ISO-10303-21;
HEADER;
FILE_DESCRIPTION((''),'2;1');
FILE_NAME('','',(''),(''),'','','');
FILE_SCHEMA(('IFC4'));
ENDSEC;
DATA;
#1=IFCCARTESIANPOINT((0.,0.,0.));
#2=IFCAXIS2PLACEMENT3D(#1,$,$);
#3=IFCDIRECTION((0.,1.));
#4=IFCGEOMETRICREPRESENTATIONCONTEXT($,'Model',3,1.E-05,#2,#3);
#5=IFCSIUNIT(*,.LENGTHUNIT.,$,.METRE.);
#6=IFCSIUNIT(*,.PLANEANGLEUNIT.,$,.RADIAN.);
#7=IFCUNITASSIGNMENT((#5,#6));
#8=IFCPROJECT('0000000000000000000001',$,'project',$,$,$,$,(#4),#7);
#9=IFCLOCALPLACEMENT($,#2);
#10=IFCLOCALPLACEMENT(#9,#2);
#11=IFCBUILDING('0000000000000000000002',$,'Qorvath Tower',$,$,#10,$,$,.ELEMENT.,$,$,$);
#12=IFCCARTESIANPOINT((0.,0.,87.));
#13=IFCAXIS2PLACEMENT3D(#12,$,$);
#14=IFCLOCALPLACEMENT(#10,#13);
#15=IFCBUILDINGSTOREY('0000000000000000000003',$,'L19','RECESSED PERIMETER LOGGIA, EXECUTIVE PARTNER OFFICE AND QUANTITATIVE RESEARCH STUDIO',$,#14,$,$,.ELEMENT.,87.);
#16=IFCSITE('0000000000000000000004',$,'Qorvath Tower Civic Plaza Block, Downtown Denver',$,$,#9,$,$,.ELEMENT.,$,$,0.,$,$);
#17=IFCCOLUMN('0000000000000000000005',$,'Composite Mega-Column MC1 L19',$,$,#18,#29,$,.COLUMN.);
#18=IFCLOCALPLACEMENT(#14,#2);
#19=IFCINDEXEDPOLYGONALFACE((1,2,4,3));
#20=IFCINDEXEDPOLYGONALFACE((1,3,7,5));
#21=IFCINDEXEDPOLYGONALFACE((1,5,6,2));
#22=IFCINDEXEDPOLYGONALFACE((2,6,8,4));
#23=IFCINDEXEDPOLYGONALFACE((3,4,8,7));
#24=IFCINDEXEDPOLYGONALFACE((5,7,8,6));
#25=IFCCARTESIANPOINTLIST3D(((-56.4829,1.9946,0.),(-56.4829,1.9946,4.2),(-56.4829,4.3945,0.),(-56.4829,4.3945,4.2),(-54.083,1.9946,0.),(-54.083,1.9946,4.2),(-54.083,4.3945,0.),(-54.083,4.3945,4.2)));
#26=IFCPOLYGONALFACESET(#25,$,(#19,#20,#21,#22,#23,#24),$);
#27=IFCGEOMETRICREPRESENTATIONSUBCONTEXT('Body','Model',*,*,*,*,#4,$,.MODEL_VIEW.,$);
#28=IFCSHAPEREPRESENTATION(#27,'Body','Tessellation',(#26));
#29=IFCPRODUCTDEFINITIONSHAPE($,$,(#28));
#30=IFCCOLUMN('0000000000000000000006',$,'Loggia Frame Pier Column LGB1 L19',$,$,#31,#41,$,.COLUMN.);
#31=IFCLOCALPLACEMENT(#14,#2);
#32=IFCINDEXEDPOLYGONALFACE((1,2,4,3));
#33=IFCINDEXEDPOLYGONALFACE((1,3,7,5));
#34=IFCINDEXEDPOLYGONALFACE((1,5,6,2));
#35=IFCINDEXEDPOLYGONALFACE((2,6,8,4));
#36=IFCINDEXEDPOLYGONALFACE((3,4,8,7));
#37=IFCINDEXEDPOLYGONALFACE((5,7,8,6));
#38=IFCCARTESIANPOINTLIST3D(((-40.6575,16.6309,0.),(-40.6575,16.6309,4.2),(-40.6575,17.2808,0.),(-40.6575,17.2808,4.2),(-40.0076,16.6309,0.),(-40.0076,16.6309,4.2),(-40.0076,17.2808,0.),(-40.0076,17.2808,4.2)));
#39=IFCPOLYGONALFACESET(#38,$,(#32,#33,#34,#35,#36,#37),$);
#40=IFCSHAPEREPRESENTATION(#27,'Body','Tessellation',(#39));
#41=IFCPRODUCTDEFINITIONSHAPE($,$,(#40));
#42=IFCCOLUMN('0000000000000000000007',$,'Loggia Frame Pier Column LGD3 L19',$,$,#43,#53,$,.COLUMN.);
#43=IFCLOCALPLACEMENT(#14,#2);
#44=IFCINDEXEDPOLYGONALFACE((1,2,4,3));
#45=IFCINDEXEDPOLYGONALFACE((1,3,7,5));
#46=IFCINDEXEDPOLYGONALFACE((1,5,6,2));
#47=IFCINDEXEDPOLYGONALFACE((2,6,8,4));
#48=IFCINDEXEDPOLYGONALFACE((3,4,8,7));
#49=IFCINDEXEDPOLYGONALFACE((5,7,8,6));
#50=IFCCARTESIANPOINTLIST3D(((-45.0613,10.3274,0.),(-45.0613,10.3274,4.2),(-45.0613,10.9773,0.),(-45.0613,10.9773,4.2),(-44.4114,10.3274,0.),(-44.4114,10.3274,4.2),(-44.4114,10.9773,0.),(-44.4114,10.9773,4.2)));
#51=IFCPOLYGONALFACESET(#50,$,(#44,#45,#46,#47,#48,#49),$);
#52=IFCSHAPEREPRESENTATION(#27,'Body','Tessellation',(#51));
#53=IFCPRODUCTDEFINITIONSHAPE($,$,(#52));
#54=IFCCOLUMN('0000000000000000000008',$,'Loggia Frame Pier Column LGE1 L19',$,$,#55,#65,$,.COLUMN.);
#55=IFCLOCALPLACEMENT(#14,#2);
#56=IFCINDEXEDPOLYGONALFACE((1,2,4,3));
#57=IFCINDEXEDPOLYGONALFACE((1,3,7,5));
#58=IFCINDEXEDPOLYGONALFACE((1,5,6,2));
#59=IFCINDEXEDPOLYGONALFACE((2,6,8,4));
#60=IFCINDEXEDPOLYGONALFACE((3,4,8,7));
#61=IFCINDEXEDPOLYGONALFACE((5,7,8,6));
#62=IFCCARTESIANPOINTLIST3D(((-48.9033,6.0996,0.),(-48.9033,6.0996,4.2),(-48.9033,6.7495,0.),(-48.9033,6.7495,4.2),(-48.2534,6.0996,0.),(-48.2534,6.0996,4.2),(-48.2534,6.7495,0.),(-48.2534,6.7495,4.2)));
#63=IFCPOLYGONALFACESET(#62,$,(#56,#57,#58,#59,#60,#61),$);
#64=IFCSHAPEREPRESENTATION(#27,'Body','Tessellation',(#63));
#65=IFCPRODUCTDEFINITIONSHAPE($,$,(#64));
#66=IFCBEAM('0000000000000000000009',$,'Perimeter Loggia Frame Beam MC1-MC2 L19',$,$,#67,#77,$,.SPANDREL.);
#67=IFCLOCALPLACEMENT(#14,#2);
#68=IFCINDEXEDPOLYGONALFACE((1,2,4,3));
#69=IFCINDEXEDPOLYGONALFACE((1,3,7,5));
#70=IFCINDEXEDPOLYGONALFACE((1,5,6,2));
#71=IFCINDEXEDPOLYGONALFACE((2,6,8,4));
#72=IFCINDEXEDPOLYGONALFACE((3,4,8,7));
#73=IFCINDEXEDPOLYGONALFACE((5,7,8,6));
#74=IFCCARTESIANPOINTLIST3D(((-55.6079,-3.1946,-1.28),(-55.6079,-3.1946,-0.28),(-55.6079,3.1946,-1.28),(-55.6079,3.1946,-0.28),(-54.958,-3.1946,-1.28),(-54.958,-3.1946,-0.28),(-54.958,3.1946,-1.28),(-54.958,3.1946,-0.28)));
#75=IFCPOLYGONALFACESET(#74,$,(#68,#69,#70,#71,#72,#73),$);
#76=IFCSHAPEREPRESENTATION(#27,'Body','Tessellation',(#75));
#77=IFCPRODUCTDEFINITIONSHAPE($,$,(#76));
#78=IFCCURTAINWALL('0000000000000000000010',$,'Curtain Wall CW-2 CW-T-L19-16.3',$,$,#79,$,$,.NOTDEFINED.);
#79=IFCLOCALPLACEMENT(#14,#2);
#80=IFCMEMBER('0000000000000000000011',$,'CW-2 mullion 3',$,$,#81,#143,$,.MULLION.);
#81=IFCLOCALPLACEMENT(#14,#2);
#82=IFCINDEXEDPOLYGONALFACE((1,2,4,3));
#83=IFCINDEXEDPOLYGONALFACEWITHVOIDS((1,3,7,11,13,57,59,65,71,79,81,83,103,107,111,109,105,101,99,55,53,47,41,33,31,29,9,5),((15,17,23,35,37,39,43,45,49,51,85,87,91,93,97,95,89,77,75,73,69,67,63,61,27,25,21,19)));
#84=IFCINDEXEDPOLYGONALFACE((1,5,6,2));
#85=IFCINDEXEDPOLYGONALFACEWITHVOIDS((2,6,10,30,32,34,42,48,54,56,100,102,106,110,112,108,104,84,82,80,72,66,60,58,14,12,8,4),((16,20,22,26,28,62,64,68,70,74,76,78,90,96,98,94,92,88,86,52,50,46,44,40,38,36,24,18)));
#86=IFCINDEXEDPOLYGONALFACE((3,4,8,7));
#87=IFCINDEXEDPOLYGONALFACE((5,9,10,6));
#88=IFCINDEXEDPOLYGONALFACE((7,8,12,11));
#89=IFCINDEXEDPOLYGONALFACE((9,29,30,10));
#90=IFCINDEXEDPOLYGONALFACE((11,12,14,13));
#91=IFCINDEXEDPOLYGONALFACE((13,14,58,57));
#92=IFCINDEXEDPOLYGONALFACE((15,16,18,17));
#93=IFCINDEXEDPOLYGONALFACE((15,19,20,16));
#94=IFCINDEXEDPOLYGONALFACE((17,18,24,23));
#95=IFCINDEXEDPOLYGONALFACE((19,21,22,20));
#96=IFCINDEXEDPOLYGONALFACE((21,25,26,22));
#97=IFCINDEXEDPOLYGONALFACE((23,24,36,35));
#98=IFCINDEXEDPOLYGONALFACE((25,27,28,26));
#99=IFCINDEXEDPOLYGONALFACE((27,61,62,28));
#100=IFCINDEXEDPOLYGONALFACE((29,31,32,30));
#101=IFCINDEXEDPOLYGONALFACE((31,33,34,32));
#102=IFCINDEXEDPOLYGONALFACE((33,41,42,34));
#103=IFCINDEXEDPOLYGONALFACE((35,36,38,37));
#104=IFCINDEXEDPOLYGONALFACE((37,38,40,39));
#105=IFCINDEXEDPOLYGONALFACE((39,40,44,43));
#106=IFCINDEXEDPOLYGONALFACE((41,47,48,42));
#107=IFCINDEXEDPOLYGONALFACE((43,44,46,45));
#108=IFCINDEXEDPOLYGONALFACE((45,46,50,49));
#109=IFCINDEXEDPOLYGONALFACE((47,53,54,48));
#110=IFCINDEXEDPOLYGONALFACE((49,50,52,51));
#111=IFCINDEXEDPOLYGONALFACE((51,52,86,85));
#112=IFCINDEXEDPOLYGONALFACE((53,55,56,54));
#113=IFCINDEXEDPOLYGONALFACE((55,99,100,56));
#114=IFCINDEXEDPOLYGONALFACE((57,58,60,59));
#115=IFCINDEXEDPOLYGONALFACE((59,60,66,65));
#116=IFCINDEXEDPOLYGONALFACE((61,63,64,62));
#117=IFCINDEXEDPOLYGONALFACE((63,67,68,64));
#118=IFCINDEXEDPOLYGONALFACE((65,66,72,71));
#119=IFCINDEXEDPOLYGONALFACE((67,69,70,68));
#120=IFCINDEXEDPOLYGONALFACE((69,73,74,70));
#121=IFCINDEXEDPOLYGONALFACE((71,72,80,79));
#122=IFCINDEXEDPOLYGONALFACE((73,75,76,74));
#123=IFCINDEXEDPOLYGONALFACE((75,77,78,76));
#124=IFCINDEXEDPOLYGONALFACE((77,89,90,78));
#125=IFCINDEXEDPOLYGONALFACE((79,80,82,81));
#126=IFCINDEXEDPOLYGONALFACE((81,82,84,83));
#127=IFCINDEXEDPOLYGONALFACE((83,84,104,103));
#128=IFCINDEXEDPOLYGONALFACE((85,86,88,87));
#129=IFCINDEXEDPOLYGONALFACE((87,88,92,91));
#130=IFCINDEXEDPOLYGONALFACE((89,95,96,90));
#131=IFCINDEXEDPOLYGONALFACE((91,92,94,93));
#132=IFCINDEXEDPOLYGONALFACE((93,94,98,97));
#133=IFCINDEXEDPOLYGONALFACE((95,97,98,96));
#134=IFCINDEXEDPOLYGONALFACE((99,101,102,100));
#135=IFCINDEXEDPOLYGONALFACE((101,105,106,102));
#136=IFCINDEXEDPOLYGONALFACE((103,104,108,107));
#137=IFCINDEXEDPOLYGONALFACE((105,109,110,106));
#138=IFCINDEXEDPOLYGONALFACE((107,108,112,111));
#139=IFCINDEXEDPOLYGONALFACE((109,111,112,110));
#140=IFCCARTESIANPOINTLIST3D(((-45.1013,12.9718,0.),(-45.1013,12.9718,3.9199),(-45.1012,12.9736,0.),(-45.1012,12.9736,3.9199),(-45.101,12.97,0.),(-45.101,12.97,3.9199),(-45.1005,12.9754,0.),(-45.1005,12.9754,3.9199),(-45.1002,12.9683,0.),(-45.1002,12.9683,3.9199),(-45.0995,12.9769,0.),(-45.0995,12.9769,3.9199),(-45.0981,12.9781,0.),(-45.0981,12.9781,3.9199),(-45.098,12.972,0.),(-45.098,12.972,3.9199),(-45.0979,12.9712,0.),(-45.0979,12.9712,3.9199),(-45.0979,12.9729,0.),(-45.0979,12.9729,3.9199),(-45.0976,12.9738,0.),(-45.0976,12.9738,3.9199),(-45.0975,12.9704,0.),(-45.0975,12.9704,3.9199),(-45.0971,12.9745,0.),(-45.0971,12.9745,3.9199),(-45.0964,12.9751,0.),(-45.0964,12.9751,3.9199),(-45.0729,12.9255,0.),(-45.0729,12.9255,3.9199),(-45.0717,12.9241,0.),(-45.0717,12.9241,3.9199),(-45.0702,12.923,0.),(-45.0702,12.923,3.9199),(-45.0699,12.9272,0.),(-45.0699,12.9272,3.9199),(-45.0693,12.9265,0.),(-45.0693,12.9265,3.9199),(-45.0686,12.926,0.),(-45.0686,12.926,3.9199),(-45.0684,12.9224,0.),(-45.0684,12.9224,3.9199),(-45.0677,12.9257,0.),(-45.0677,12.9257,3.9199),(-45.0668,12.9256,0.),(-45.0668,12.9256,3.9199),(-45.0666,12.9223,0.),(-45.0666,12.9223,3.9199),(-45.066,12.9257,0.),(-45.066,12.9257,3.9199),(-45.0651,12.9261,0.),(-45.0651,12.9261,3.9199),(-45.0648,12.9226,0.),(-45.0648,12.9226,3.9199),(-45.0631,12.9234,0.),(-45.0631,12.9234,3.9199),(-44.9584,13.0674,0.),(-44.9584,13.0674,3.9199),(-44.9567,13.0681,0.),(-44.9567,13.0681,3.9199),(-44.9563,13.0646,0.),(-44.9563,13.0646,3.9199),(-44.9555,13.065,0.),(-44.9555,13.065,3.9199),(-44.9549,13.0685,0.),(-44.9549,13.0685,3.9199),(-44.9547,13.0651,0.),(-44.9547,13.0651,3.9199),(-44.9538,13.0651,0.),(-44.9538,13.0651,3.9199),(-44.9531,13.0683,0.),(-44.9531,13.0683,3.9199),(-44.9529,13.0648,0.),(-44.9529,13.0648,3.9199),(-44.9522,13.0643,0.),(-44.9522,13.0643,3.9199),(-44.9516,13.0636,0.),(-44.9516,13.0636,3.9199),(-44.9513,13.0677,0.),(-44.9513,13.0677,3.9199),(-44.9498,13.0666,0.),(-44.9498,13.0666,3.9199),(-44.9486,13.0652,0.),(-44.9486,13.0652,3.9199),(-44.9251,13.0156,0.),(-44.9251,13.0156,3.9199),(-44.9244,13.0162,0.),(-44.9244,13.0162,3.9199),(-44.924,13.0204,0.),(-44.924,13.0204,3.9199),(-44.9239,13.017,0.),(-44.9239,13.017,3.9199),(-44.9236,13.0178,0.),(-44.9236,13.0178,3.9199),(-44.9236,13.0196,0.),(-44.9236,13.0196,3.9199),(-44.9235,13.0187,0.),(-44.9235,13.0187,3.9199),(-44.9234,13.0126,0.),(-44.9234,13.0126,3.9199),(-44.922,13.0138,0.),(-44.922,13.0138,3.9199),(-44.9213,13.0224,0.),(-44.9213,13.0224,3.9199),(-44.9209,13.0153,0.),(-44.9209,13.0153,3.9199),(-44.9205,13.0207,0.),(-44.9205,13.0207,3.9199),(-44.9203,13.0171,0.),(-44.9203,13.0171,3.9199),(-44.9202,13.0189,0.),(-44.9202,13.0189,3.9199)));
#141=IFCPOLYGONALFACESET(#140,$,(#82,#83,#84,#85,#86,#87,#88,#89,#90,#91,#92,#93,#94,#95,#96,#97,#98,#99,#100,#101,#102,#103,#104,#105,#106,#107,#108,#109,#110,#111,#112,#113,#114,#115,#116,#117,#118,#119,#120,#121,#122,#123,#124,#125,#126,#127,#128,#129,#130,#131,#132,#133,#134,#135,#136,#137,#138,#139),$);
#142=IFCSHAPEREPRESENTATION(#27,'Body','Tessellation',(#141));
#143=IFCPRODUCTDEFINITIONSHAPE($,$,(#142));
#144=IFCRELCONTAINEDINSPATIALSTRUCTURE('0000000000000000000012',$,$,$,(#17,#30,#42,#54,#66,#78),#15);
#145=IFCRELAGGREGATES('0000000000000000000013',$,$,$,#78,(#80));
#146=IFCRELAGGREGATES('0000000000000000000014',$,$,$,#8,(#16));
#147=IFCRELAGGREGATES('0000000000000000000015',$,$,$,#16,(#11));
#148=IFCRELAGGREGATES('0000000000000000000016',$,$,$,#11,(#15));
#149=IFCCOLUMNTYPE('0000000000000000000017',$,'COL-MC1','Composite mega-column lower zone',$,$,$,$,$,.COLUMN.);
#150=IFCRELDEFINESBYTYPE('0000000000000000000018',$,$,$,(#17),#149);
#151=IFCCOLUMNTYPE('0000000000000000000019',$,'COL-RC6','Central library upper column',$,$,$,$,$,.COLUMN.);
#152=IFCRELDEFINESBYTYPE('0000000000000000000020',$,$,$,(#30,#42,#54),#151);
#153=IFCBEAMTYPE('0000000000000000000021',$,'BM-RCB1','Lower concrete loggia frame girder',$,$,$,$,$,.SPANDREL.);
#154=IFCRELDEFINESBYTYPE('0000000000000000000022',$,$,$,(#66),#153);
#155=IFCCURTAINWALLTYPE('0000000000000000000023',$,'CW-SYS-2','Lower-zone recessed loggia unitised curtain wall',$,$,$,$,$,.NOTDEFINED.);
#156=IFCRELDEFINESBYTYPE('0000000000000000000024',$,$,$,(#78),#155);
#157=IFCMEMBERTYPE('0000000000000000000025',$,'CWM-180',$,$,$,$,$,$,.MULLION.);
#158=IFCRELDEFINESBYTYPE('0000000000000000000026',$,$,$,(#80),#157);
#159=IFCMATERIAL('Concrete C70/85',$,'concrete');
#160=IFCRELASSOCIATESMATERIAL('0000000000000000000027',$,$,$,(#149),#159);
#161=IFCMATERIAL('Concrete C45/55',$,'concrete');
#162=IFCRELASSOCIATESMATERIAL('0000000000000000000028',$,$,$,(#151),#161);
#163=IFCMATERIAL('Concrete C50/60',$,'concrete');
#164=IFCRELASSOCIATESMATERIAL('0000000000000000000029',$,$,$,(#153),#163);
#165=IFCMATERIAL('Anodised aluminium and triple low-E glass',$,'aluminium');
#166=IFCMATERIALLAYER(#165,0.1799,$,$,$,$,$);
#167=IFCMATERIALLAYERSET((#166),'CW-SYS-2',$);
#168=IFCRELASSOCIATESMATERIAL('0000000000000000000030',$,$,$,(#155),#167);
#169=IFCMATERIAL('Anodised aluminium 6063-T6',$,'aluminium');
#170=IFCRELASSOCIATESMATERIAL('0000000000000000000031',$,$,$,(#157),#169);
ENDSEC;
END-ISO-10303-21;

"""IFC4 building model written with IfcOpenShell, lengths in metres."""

from ifc_helpers import new_model, si_unit, direction, frame, origin, origin_2d, place, context, subcontext, project, spatial, rectangle, hollow_rectangle, extrude, material, layer, layer_set, material_profile, profile_set, type_object, element, aggregate, save


model = new_model("IFC4")

# Units and contexts
model_context = context("Model", 3, precision=1e-05, world=origin(), true_north=direction((0.0, 1.0)))
body_context = subcontext(model_context, "Body", "Model", "MODEL_VIEW")
ifc_project = project(units=[si_unit("LENGTHUNIT", "METRE"), si_unit("PLANEANGLEUNIT", "RADIAN")], contexts=[model_context])

# Site, building, storey
site_placement = place(None, origin())
site = spatial("IfcSite", under=ifc_project, at=site_placement, Name="Qorvath Tower Civic Plaza Block, Downtown Denver", CompositionType="ELEMENT", RefElevation=0.0)
building_placement = place(site_placement, origin())
building = spatial("IfcBuilding", under=site, at=building_placement, Name="Qorvath Tower", CompositionType="ELEMENT")
storey_placement = place(building_placement, frame((0.0, 0.0, 87.0)))
storey = spatial("IfcBuildingStorey", under=building, at=storey_placement, Name="L19", Description="RECESSED PERIMETER LOGGIA, EXECUTIVE PARTNER OFFICE AND QUANTITATIVE RESEARCH STUDIO", CompositionType="ELEMENT", Elevation=87.0)

# Columns
ifc_material_1 = material(Name="Concrete C70/85", Category="concrete")
ifc_material_profile_1 = material_profile(ifc_material_1, rectangle(XDim=2.3999, YDim=2.3999, at=origin_2d()), Name="MC 2400x2400")
ifc_profile_set_1 = profile_set([ifc_material_profile_1], Name="Concrete C70/85")
column_type_1 = type_object("IfcColumnType", Name="COL-MC1", Description="Composite mega-column lower zone", PredefinedType="COLUMN", material=ifc_profile_set_1)
column_placement = place(storey_placement, frame((-55.283, 3.1946, 0.0), z_axis=(0.0, 0.0, 1.0), x_axis=(1.0, 0.0, 0.0)))
element("IfcColumn", 1, at=column_placement, inside=storey, type_object=column_type_1, Name="Composite Mega-Column MC1 L19", PredefinedType="COLUMN", context=body_context, shape_type="SweptSolid", body=[
    extrude(rectangle(XDim=2.3999, YDim=2.3999, at=origin_2d()), origin(), (0.0, 0.0, 1.0), 4.2),
])
ifc_material_2 = material(Name="Concrete C45/55", Category="concrete")
ifc_material_profile_2 = material_profile(ifc_material_2, rectangle(XDim=0.6499, YDim=0.6499, at=origin_2d()), Name="RC 650x650")
ifc_profile_set_2 = profile_set([ifc_material_profile_2], Name="Concrete C45/55")
column_type_2 = type_object("IfcColumnType", Name="COL-RC6", Description="Central library upper column", PredefinedType="COLUMN", material=ifc_profile_set_2)
for number, where, z_axis, x_axis, name in (
    (2, (-40.3325, 16.9558, 0.0), (0.0, 0.0, 1.0), (1.0, 0.0, 0.0), "Loggia Frame Pier Column LGB1 L19"),
    (3, (-44.7363, 10.6523, 0.0), (0.0, 0.0, 1.0), (1.0, 0.0, 0.0), "Loggia Frame Pier Column LGD3 L19"),
    (4, (-48.5784, 6.4246, 0.0), (0.0, 0.0, 1.0), (1.0, 0.0, 0.0), "Loggia Frame Pier Column LGE1 L19"),
):
    element("IfcColumn", number, at=place(storey_placement, frame(where, z_axis=z_axis, x_axis=x_axis)), inside=storey, type_object=column_type_2, Name=name, PredefinedType="COLUMN", context=body_context, shape_type="SweptSolid", body=[
        extrude(rectangle(XDim=0.6499, YDim=0.6499, at=origin_2d()), origin(), (0.0, 0.0, 1.0), 4.2),
    ])

# Beam
ifc_material_3 = material(Name="Concrete C50/60", Category="concrete")
ifc_material_profile_3 = material_profile(ifc_material_3, rectangle(XDim=0.6499, YDim=1.0, at=origin_2d()), Name="RCB 1000x650")
ifc_profile_set_3 = profile_set([ifc_material_profile_3], Name="Concrete C50/60")
beam_type = type_object("IfcBeamType", Name="BM-RCB1", Description="Lower concrete loggia frame girder", PredefinedType="SPANDREL", material=ifc_profile_set_3)
beam_placement = place(storey_placement, frame((-55.283, 3.1946, -0.78), z_axis=(0.0, -1.0, 0.0), x_axis=(1.0, 0.0, 0.0)))
element("IfcBeam", 5, at=beam_placement, inside=storey, type_object=beam_type, Name="Perimeter Loggia Frame Beam MC1-MC2 L19", PredefinedType="SPANDREL", context=body_context, shape_type="SweptSolid", body=[
    extrude(rectangle(XDim=0.6499, YDim=1.0, at=origin_2d()), origin(), (0.0, 0.0, 1.0), 6.3892),
])

# Curtain wall, member
ifc_material_4 = material(Name="Anodised aluminium and triple low-E glass", Category="aluminium")
ifc_layer_1 = layer(ifc_material_4, 0.1799)
ifc_layer_set_1 = layer_set([ifc_layer_1], Name="CW-SYS-2")
curtain_wall_type = type_object("IfcCurtainWallType", Name="CW-SYS-2", Description="Lower-zone recessed loggia unitised curtain wall", PredefinedType="NOTDEFINED", material=ifc_layer_set_1)
curtain_wall_placement = place(storey_placement, origin())
curtain_wall = element("IfcCurtainWall", 6, at=curtain_wall_placement, inside=storey, type_object=curtain_wall_type, Name="Curtain Wall CW-2 CW-T-L19-16.3", PredefinedType="NOTDEFINED")
ifc_material_5 = material(Name="Anodised aluminium 6063-T6", Category="aluminium")
ifc_material_profile_4 = material_profile(ifc_material_5, hollow_rectangle(XDim=0.0649, YDim=0.1799, WallThickness=0.0034, InnerFilletRadius=0.0034, OuterFilletRadius=0.0071, at=origin_2d()), Name="CWM 180x65")
ifc_profile_set_4 = profile_set([ifc_material_profile_4], Name="Anodised aluminium 6063-T6")
member_type_1 = type_object("IfcMemberType", Name="CWM-180", PredefinedType="MULLION", material=ifc_profile_set_4)
member_1_placement = place(storey_placement, frame((-45.0107, 12.9954, 0.0), z_axis=(0.0, 0.0, 1.0), x_axis=(0.538528, -0.842608, 0.0)))
member_1 = element("IfcMember", 7, at=member_1_placement, type_object=member_type_1, Name="CW-2 mullion 3", PredefinedType="MULLION", context=body_context, shape_type="SweptSolid", body=[
    extrude(hollow_rectangle(XDim=0.0649, YDim=0.1799, WallThickness=0.0034, InnerFilletRadius=0.0034, OuterFilletRadius=0.0071, at=origin_2d()), origin(), (0.0, 0.0, 1.0), 3.9199),
])
aggregate(curtain_wall, [member_1])

save(model, "model.ifc")
